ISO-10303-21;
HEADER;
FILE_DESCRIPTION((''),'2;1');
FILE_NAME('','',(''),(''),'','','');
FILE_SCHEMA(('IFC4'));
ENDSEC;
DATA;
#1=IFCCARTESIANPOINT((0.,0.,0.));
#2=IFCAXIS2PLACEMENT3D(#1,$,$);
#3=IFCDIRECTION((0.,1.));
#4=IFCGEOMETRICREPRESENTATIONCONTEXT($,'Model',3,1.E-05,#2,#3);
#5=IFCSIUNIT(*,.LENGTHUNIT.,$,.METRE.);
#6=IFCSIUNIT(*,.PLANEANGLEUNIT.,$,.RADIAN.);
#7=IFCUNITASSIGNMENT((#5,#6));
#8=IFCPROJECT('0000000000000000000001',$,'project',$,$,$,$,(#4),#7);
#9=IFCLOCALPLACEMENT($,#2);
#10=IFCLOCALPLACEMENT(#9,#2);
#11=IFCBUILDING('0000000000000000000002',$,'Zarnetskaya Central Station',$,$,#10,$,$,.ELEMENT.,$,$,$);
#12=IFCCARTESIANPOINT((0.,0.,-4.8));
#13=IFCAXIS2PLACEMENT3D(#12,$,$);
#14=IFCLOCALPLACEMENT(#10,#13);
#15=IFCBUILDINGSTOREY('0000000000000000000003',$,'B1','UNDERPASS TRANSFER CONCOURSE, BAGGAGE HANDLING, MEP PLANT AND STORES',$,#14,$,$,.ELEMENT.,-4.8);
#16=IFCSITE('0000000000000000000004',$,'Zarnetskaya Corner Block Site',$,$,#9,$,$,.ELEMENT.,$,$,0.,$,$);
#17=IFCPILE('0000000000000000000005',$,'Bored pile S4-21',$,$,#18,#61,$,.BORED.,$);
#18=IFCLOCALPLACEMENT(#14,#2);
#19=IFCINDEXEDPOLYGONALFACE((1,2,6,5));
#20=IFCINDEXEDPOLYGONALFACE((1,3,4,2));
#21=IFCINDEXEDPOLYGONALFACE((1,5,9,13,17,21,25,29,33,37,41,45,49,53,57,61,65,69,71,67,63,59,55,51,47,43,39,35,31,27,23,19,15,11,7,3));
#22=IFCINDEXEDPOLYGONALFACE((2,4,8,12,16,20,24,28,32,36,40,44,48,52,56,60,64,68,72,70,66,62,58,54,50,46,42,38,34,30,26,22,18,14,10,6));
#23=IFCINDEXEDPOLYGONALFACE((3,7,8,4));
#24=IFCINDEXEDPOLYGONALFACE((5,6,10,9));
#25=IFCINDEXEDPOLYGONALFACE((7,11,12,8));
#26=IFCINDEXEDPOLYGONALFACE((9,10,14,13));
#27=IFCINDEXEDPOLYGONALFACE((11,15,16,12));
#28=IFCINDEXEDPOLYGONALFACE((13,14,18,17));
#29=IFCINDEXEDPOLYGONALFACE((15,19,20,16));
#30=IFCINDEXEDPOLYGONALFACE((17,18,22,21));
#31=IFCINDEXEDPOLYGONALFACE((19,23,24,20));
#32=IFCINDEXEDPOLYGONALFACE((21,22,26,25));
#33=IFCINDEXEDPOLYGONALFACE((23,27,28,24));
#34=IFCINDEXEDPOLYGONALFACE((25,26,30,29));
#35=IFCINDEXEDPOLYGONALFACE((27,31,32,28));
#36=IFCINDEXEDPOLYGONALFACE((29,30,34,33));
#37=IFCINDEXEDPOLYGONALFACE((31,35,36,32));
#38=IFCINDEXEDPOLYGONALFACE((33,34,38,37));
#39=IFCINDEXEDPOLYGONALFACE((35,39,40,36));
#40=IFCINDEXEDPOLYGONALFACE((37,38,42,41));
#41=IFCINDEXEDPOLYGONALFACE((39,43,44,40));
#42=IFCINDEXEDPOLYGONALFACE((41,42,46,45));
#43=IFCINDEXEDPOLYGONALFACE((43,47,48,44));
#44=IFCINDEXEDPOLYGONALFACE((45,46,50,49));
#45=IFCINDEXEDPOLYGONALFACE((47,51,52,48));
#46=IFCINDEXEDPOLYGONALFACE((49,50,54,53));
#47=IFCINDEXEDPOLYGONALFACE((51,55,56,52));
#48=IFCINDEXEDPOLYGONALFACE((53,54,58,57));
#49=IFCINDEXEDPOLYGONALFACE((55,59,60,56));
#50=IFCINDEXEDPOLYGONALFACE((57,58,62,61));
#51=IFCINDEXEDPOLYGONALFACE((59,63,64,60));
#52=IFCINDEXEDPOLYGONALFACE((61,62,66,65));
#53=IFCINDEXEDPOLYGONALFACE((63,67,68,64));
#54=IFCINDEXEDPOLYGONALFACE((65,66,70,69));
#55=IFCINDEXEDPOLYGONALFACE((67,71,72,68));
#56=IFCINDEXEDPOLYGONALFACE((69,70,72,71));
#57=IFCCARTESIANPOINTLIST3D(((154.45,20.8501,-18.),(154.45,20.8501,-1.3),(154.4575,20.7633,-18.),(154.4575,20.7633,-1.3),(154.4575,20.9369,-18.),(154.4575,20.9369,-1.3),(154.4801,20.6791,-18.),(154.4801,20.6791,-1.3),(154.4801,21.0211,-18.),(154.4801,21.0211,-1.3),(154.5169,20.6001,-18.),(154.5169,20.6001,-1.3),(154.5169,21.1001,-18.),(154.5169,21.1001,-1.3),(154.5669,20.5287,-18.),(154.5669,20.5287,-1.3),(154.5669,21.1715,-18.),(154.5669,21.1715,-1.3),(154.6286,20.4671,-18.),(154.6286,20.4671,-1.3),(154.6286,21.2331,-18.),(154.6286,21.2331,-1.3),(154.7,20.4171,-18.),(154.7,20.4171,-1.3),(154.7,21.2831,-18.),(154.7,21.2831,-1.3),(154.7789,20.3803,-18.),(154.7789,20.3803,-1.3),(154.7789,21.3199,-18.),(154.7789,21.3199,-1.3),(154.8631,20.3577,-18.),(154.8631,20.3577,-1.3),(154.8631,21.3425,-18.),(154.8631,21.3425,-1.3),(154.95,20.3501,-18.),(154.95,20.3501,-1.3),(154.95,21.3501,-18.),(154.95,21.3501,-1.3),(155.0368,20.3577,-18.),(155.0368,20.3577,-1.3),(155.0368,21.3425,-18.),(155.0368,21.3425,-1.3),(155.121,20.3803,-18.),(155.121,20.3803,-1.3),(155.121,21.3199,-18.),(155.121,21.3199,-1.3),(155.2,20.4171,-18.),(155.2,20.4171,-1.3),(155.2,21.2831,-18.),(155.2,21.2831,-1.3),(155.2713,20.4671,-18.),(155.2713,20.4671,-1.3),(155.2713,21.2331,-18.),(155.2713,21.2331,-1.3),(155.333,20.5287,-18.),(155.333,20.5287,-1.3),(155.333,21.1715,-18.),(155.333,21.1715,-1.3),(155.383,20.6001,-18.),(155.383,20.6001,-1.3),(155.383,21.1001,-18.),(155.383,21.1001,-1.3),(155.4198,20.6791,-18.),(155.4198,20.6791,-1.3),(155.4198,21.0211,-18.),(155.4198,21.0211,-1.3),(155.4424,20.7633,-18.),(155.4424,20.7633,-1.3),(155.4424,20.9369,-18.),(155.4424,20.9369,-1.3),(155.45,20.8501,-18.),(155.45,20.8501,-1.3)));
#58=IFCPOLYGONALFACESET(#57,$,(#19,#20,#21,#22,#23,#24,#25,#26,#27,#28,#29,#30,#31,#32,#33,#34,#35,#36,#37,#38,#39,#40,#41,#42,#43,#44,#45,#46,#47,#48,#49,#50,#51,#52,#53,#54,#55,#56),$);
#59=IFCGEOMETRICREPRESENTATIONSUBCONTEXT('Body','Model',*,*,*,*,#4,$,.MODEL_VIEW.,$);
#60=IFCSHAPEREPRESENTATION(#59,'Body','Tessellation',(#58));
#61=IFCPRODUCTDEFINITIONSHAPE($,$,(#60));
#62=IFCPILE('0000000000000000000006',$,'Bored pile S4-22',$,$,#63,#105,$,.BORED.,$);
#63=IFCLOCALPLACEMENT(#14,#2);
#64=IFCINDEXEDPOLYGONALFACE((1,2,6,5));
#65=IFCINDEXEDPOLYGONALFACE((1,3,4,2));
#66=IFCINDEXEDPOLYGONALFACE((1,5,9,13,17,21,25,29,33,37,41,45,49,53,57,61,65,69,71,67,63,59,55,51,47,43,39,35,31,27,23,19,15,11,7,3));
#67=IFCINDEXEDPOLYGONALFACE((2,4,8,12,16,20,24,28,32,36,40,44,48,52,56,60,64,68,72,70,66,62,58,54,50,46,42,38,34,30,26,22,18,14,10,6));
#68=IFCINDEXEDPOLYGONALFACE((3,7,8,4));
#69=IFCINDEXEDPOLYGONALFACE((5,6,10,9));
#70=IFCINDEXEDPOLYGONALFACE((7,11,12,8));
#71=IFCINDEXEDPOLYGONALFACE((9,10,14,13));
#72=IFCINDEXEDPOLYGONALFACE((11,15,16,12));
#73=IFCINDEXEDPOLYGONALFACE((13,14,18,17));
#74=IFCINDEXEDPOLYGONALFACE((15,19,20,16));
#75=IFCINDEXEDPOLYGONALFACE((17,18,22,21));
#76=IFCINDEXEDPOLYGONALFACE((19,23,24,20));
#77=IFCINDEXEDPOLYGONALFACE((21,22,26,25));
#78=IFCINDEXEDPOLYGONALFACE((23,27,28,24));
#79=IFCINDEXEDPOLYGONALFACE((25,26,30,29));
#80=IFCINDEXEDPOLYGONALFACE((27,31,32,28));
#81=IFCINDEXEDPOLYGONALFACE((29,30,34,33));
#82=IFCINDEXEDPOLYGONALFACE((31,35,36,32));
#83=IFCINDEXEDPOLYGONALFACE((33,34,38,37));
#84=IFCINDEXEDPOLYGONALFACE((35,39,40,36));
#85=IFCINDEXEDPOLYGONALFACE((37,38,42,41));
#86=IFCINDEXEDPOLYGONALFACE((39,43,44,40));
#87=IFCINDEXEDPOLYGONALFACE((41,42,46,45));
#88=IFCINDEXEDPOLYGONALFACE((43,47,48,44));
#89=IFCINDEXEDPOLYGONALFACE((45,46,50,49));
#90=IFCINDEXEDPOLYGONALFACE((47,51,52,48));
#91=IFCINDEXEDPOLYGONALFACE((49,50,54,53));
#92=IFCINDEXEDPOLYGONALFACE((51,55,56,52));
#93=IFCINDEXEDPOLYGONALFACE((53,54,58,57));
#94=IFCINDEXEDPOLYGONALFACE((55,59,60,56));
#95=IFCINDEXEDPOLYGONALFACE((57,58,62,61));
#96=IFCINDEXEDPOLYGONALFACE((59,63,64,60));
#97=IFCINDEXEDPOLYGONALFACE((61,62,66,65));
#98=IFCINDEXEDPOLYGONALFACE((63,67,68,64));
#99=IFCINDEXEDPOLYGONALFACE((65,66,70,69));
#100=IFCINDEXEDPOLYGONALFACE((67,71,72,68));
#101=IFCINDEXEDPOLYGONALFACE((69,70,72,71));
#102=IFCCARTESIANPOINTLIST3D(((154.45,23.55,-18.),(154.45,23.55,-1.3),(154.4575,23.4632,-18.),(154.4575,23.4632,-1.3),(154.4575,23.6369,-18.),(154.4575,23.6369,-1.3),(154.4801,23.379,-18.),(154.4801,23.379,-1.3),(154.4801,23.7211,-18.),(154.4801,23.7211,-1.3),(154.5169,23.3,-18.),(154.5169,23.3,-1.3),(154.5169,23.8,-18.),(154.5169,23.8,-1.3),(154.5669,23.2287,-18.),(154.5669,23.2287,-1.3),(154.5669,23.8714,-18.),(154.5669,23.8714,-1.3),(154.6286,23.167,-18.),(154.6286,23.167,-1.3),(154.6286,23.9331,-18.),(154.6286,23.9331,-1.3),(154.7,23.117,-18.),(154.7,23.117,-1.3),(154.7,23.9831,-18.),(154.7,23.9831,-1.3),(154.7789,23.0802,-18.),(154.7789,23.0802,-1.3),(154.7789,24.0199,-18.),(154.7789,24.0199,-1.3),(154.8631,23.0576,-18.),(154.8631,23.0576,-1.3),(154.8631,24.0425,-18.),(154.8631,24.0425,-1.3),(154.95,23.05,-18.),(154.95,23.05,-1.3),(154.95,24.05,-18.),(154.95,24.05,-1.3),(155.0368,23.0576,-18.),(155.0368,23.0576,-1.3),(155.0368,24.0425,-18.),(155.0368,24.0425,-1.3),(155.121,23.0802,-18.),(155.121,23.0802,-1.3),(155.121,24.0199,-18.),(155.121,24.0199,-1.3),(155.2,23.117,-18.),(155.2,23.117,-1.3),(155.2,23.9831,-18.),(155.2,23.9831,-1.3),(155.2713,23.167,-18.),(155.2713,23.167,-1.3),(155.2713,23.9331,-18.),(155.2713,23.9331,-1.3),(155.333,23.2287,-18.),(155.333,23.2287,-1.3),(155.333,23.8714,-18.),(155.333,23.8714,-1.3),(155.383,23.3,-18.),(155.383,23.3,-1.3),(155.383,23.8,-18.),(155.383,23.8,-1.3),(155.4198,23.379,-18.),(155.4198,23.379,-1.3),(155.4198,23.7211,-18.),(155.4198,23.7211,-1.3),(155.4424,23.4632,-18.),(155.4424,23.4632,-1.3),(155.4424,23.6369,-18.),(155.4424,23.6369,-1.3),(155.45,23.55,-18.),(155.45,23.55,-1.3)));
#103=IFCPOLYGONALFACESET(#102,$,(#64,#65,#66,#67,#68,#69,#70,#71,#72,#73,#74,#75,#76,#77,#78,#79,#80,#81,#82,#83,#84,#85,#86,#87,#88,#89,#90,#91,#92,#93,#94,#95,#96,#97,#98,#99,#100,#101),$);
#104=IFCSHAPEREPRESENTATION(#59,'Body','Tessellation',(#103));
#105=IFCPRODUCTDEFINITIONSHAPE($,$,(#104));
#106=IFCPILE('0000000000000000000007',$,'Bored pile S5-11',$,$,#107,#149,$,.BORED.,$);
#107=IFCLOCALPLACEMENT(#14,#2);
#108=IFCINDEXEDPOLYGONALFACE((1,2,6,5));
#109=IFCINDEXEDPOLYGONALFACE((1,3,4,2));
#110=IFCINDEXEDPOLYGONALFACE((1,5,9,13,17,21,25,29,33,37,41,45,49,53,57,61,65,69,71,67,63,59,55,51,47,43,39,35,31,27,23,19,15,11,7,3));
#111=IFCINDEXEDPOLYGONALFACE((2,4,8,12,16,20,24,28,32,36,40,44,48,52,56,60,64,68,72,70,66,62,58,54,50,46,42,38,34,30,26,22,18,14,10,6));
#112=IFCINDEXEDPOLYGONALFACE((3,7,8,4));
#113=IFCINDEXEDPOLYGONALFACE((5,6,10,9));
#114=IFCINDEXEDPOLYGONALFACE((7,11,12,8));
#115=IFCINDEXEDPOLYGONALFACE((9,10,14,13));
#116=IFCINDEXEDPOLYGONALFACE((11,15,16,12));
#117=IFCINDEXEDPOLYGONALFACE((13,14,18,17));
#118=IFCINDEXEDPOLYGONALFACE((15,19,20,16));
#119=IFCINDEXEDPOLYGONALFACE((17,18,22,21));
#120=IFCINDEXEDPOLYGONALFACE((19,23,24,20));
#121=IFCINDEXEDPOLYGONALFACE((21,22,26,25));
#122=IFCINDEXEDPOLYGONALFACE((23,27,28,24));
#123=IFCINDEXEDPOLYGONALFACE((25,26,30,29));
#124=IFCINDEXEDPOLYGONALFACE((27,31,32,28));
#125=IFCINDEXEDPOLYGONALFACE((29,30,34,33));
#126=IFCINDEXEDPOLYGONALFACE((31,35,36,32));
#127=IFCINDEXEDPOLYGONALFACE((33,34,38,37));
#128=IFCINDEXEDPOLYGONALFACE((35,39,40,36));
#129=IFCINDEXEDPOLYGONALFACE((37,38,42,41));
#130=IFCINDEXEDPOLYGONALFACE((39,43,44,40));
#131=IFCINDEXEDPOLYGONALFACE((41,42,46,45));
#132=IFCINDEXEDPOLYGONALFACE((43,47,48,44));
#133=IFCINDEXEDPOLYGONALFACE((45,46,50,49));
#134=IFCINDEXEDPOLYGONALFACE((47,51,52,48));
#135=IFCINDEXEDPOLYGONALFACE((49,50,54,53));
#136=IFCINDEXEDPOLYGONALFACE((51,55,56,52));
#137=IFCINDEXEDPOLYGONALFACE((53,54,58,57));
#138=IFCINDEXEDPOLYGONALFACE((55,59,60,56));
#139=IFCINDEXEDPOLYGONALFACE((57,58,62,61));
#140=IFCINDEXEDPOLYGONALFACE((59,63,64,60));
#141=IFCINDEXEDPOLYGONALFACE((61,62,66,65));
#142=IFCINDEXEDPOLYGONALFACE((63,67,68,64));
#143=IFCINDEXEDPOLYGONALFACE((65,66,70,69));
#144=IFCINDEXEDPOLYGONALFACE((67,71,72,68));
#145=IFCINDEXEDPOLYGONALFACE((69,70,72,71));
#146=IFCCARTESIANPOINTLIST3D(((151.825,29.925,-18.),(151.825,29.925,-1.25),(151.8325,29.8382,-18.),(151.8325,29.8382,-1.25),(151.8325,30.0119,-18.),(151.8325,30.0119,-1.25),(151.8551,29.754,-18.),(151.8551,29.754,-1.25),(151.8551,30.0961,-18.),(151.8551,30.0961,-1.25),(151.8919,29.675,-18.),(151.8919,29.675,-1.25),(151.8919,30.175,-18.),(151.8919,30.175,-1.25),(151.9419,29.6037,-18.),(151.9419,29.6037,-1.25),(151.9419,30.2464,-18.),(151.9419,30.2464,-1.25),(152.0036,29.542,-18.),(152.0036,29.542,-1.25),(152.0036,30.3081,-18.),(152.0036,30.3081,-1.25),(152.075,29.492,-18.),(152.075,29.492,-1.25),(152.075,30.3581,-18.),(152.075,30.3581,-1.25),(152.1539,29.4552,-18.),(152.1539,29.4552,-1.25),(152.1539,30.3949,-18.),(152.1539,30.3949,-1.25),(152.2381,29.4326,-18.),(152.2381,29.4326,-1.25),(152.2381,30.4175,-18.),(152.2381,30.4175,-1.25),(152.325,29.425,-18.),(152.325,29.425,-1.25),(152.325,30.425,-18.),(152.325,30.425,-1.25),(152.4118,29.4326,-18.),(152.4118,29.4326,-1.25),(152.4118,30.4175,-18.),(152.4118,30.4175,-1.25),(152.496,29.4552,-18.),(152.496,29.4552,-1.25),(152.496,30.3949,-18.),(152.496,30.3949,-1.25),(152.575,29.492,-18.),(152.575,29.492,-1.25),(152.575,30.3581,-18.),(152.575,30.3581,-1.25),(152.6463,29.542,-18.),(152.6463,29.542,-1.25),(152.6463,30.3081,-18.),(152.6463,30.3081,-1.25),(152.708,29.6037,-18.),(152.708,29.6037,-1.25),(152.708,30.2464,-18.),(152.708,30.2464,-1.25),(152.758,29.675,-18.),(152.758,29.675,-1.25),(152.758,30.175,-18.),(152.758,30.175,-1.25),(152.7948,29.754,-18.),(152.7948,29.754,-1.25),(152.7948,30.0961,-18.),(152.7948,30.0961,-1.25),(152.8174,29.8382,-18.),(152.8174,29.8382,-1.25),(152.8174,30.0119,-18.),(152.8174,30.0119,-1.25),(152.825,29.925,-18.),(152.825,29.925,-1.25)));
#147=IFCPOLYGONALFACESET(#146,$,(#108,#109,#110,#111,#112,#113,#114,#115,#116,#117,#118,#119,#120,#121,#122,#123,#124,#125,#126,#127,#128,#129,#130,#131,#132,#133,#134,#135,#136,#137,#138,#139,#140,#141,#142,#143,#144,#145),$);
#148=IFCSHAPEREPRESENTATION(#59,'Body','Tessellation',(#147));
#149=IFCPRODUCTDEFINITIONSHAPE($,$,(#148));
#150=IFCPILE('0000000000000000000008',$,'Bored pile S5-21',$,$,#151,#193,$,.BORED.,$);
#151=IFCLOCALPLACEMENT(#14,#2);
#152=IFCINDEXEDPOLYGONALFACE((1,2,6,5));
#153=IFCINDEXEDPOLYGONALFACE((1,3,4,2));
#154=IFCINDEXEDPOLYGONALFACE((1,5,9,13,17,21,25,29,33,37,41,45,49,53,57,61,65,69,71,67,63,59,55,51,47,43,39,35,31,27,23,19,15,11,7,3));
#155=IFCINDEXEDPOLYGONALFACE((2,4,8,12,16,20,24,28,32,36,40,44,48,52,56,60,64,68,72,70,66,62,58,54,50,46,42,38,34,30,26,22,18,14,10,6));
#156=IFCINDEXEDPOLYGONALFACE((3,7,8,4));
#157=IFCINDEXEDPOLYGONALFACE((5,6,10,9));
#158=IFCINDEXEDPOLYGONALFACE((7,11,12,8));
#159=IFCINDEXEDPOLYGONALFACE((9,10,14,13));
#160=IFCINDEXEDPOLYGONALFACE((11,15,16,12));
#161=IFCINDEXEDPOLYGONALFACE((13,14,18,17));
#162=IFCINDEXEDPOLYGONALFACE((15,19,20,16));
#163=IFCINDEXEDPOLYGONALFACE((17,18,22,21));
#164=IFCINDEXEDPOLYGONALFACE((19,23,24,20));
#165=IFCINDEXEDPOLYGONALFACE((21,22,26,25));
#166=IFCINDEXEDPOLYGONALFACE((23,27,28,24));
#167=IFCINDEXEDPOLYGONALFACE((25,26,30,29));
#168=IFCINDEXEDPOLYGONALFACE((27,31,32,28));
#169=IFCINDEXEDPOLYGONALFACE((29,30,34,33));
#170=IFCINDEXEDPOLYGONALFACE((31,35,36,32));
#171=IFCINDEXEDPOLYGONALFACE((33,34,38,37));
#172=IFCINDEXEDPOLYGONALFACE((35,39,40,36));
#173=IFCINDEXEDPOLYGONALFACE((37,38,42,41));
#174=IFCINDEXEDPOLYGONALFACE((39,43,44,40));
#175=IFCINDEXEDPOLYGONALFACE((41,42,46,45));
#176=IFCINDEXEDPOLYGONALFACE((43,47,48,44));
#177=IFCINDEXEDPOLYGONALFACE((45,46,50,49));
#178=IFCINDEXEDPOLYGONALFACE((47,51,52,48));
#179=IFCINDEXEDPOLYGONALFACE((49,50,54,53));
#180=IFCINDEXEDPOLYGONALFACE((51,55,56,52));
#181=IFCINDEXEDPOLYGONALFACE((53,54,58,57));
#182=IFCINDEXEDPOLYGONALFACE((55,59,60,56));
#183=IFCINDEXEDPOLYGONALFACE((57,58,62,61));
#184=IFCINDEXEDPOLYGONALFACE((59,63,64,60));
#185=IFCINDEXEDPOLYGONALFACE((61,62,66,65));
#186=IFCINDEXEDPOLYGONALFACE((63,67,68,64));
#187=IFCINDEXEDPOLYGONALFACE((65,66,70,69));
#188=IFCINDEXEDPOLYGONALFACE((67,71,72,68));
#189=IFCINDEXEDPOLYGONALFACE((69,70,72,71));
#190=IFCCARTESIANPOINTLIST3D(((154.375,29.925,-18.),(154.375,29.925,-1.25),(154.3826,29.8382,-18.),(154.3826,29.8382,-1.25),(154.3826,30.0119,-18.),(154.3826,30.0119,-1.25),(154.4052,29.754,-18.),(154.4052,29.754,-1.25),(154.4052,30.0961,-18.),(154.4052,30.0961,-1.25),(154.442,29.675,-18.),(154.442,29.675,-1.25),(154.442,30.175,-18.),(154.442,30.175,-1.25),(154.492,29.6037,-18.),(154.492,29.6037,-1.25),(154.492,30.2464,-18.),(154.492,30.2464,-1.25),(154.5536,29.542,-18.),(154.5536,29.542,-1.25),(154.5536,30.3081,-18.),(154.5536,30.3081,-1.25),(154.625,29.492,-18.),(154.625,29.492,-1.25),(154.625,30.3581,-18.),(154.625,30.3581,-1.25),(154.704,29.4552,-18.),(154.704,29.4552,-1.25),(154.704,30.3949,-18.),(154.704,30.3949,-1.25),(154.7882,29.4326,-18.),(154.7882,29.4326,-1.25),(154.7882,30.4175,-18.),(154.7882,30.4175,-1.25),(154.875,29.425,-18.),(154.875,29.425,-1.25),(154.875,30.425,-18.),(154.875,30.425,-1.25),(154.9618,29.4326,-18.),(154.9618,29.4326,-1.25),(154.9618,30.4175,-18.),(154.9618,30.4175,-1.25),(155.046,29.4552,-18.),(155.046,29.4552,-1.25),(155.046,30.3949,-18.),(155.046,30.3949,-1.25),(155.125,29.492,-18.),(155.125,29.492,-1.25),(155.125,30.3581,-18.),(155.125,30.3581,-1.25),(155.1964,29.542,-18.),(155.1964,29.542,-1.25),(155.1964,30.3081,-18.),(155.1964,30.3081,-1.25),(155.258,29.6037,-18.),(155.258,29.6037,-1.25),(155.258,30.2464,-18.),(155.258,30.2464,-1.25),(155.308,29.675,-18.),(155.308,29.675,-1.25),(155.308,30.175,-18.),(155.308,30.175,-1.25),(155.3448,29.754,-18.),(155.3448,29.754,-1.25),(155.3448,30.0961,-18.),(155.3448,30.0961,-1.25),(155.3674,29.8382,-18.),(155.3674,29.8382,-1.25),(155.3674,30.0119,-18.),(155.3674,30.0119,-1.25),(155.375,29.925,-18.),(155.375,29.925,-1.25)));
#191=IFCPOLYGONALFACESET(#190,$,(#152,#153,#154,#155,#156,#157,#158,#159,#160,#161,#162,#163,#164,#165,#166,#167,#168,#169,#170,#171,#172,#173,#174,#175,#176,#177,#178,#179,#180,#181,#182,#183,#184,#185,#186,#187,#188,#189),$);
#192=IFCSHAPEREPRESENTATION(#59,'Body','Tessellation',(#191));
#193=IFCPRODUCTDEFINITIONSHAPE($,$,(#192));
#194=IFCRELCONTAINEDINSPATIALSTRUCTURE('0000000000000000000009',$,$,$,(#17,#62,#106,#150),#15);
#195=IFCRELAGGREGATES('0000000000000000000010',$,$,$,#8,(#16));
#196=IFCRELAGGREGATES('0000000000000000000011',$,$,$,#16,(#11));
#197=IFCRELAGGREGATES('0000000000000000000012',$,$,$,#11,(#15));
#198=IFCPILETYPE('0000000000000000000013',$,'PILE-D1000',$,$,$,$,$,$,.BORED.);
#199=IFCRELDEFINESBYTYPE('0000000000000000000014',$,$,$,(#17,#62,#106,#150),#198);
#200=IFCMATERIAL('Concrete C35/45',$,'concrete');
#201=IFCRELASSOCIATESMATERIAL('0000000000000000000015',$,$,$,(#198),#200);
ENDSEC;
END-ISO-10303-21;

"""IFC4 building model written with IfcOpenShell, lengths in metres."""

from ifc_helpers import new_model, si_unit, direction, frame, origin, origin_2d, place, context, subcontext, project, spatial, circle, extrude, material, material_profile, profile_set, type_object, element, save


model = new_model("IFC4")

# Units and contexts
model_context = context("Model", 3, precision=1e-05, world=origin(), true_north=direction((0.0, 1.0)))
body_context = subcontext(model_context, "Body", "Model", "MODEL_VIEW")
ifc_project = project(units=[si_unit("LENGTHUNIT", "METRE"), si_unit("PLANEANGLEUNIT", "RADIAN")], contexts=[model_context])

# Site, building, storey
site_placement = place(None, origin())
site = spatial("IfcSite", under=ifc_project, at=site_placement, Name="Zarnetskaya Corner Block Site", CompositionType="ELEMENT", RefElevation=0.0)
building_placement = place(site_placement, origin())
building = spatial("IfcBuilding", under=site, at=building_placement, Name="Zarnetskaya Central Station", CompositionType="ELEMENT")
storey_placement = place(building_placement, frame((0.0, 0.0, -4.8)))
storey = spatial("IfcBuildingStorey", under=building, at=storey_placement, Name="B1", Description="UNDERPASS TRANSFER CONCOURSE, BAGGAGE HANDLING, MEP PLANT AND STORES", CompositionType="ELEMENT", Elevation=-4.8)

# Shared definitions
ifc_material = material(Name="Concrete C35/45", Category="concrete")

# Piles
ifc_material_profile_1 = material_profile(ifc_material, circle(Radius=0.5, at=origin_2d()), Name="BORED PILE D1000")
ifc_profile_set_1 = profile_set([ifc_material_profile_1], Name="Concrete C35/45")
pile_type_1 = type_object("IfcPileType", Name="PILE-D1000", PredefinedType="BORED", material=ifc_profile_set_1)
for number, where, z_axis, x_axis, name in (
    (1, (154.95, 20.8501, -1.3), (0.0, 0.0, -1.0), (1.0, 0.0, 0.0), "Bored pile S4-21"),
    (2, (154.95, 23.55, -1.3), (0.0, 0.0, -1.0), (1.0, 0.0, 0.0), "Bored pile S4-22"),
):
    element("IfcPile", number, at=place(storey_placement, frame(where, z_axis=z_axis, x_axis=x_axis)), inside=storey, type_object=pile_type_1, Name=name, PredefinedType="BORED", context=body_context, shape_type="SweptSolid", body=[
        extrude(circle(Radius=0.5, at=origin_2d()), origin(), (0.0, 0.0, 1.0), 16.7),
    ])
for number, where, z_axis, x_axis, name in (
    (3, (152.325, 29.925, -1.25), (0.0, 0.0, -1.0), (1.0, 0.0, 0.0), "Bored pile S5-11"),
    (4, (154.875, 29.925, -1.25), (0.0, 0.0, -1.0), (1.0, 0.0, 0.0), "Bored pile S5-21"),
):
    element("IfcPile", number, at=place(storey_placement, frame(where, z_axis=z_axis, x_axis=x_axis)), inside=storey, type_object=pile_type_1, Name=name, PredefinedType="BORED", context=body_context, shape_type="SweptSolid", body=[
        extrude(circle(Radius=0.5, at=origin_2d()), origin(), (0.0, 0.0, 1.0), 16.75),
    ])

save(model, "model.ifc")
